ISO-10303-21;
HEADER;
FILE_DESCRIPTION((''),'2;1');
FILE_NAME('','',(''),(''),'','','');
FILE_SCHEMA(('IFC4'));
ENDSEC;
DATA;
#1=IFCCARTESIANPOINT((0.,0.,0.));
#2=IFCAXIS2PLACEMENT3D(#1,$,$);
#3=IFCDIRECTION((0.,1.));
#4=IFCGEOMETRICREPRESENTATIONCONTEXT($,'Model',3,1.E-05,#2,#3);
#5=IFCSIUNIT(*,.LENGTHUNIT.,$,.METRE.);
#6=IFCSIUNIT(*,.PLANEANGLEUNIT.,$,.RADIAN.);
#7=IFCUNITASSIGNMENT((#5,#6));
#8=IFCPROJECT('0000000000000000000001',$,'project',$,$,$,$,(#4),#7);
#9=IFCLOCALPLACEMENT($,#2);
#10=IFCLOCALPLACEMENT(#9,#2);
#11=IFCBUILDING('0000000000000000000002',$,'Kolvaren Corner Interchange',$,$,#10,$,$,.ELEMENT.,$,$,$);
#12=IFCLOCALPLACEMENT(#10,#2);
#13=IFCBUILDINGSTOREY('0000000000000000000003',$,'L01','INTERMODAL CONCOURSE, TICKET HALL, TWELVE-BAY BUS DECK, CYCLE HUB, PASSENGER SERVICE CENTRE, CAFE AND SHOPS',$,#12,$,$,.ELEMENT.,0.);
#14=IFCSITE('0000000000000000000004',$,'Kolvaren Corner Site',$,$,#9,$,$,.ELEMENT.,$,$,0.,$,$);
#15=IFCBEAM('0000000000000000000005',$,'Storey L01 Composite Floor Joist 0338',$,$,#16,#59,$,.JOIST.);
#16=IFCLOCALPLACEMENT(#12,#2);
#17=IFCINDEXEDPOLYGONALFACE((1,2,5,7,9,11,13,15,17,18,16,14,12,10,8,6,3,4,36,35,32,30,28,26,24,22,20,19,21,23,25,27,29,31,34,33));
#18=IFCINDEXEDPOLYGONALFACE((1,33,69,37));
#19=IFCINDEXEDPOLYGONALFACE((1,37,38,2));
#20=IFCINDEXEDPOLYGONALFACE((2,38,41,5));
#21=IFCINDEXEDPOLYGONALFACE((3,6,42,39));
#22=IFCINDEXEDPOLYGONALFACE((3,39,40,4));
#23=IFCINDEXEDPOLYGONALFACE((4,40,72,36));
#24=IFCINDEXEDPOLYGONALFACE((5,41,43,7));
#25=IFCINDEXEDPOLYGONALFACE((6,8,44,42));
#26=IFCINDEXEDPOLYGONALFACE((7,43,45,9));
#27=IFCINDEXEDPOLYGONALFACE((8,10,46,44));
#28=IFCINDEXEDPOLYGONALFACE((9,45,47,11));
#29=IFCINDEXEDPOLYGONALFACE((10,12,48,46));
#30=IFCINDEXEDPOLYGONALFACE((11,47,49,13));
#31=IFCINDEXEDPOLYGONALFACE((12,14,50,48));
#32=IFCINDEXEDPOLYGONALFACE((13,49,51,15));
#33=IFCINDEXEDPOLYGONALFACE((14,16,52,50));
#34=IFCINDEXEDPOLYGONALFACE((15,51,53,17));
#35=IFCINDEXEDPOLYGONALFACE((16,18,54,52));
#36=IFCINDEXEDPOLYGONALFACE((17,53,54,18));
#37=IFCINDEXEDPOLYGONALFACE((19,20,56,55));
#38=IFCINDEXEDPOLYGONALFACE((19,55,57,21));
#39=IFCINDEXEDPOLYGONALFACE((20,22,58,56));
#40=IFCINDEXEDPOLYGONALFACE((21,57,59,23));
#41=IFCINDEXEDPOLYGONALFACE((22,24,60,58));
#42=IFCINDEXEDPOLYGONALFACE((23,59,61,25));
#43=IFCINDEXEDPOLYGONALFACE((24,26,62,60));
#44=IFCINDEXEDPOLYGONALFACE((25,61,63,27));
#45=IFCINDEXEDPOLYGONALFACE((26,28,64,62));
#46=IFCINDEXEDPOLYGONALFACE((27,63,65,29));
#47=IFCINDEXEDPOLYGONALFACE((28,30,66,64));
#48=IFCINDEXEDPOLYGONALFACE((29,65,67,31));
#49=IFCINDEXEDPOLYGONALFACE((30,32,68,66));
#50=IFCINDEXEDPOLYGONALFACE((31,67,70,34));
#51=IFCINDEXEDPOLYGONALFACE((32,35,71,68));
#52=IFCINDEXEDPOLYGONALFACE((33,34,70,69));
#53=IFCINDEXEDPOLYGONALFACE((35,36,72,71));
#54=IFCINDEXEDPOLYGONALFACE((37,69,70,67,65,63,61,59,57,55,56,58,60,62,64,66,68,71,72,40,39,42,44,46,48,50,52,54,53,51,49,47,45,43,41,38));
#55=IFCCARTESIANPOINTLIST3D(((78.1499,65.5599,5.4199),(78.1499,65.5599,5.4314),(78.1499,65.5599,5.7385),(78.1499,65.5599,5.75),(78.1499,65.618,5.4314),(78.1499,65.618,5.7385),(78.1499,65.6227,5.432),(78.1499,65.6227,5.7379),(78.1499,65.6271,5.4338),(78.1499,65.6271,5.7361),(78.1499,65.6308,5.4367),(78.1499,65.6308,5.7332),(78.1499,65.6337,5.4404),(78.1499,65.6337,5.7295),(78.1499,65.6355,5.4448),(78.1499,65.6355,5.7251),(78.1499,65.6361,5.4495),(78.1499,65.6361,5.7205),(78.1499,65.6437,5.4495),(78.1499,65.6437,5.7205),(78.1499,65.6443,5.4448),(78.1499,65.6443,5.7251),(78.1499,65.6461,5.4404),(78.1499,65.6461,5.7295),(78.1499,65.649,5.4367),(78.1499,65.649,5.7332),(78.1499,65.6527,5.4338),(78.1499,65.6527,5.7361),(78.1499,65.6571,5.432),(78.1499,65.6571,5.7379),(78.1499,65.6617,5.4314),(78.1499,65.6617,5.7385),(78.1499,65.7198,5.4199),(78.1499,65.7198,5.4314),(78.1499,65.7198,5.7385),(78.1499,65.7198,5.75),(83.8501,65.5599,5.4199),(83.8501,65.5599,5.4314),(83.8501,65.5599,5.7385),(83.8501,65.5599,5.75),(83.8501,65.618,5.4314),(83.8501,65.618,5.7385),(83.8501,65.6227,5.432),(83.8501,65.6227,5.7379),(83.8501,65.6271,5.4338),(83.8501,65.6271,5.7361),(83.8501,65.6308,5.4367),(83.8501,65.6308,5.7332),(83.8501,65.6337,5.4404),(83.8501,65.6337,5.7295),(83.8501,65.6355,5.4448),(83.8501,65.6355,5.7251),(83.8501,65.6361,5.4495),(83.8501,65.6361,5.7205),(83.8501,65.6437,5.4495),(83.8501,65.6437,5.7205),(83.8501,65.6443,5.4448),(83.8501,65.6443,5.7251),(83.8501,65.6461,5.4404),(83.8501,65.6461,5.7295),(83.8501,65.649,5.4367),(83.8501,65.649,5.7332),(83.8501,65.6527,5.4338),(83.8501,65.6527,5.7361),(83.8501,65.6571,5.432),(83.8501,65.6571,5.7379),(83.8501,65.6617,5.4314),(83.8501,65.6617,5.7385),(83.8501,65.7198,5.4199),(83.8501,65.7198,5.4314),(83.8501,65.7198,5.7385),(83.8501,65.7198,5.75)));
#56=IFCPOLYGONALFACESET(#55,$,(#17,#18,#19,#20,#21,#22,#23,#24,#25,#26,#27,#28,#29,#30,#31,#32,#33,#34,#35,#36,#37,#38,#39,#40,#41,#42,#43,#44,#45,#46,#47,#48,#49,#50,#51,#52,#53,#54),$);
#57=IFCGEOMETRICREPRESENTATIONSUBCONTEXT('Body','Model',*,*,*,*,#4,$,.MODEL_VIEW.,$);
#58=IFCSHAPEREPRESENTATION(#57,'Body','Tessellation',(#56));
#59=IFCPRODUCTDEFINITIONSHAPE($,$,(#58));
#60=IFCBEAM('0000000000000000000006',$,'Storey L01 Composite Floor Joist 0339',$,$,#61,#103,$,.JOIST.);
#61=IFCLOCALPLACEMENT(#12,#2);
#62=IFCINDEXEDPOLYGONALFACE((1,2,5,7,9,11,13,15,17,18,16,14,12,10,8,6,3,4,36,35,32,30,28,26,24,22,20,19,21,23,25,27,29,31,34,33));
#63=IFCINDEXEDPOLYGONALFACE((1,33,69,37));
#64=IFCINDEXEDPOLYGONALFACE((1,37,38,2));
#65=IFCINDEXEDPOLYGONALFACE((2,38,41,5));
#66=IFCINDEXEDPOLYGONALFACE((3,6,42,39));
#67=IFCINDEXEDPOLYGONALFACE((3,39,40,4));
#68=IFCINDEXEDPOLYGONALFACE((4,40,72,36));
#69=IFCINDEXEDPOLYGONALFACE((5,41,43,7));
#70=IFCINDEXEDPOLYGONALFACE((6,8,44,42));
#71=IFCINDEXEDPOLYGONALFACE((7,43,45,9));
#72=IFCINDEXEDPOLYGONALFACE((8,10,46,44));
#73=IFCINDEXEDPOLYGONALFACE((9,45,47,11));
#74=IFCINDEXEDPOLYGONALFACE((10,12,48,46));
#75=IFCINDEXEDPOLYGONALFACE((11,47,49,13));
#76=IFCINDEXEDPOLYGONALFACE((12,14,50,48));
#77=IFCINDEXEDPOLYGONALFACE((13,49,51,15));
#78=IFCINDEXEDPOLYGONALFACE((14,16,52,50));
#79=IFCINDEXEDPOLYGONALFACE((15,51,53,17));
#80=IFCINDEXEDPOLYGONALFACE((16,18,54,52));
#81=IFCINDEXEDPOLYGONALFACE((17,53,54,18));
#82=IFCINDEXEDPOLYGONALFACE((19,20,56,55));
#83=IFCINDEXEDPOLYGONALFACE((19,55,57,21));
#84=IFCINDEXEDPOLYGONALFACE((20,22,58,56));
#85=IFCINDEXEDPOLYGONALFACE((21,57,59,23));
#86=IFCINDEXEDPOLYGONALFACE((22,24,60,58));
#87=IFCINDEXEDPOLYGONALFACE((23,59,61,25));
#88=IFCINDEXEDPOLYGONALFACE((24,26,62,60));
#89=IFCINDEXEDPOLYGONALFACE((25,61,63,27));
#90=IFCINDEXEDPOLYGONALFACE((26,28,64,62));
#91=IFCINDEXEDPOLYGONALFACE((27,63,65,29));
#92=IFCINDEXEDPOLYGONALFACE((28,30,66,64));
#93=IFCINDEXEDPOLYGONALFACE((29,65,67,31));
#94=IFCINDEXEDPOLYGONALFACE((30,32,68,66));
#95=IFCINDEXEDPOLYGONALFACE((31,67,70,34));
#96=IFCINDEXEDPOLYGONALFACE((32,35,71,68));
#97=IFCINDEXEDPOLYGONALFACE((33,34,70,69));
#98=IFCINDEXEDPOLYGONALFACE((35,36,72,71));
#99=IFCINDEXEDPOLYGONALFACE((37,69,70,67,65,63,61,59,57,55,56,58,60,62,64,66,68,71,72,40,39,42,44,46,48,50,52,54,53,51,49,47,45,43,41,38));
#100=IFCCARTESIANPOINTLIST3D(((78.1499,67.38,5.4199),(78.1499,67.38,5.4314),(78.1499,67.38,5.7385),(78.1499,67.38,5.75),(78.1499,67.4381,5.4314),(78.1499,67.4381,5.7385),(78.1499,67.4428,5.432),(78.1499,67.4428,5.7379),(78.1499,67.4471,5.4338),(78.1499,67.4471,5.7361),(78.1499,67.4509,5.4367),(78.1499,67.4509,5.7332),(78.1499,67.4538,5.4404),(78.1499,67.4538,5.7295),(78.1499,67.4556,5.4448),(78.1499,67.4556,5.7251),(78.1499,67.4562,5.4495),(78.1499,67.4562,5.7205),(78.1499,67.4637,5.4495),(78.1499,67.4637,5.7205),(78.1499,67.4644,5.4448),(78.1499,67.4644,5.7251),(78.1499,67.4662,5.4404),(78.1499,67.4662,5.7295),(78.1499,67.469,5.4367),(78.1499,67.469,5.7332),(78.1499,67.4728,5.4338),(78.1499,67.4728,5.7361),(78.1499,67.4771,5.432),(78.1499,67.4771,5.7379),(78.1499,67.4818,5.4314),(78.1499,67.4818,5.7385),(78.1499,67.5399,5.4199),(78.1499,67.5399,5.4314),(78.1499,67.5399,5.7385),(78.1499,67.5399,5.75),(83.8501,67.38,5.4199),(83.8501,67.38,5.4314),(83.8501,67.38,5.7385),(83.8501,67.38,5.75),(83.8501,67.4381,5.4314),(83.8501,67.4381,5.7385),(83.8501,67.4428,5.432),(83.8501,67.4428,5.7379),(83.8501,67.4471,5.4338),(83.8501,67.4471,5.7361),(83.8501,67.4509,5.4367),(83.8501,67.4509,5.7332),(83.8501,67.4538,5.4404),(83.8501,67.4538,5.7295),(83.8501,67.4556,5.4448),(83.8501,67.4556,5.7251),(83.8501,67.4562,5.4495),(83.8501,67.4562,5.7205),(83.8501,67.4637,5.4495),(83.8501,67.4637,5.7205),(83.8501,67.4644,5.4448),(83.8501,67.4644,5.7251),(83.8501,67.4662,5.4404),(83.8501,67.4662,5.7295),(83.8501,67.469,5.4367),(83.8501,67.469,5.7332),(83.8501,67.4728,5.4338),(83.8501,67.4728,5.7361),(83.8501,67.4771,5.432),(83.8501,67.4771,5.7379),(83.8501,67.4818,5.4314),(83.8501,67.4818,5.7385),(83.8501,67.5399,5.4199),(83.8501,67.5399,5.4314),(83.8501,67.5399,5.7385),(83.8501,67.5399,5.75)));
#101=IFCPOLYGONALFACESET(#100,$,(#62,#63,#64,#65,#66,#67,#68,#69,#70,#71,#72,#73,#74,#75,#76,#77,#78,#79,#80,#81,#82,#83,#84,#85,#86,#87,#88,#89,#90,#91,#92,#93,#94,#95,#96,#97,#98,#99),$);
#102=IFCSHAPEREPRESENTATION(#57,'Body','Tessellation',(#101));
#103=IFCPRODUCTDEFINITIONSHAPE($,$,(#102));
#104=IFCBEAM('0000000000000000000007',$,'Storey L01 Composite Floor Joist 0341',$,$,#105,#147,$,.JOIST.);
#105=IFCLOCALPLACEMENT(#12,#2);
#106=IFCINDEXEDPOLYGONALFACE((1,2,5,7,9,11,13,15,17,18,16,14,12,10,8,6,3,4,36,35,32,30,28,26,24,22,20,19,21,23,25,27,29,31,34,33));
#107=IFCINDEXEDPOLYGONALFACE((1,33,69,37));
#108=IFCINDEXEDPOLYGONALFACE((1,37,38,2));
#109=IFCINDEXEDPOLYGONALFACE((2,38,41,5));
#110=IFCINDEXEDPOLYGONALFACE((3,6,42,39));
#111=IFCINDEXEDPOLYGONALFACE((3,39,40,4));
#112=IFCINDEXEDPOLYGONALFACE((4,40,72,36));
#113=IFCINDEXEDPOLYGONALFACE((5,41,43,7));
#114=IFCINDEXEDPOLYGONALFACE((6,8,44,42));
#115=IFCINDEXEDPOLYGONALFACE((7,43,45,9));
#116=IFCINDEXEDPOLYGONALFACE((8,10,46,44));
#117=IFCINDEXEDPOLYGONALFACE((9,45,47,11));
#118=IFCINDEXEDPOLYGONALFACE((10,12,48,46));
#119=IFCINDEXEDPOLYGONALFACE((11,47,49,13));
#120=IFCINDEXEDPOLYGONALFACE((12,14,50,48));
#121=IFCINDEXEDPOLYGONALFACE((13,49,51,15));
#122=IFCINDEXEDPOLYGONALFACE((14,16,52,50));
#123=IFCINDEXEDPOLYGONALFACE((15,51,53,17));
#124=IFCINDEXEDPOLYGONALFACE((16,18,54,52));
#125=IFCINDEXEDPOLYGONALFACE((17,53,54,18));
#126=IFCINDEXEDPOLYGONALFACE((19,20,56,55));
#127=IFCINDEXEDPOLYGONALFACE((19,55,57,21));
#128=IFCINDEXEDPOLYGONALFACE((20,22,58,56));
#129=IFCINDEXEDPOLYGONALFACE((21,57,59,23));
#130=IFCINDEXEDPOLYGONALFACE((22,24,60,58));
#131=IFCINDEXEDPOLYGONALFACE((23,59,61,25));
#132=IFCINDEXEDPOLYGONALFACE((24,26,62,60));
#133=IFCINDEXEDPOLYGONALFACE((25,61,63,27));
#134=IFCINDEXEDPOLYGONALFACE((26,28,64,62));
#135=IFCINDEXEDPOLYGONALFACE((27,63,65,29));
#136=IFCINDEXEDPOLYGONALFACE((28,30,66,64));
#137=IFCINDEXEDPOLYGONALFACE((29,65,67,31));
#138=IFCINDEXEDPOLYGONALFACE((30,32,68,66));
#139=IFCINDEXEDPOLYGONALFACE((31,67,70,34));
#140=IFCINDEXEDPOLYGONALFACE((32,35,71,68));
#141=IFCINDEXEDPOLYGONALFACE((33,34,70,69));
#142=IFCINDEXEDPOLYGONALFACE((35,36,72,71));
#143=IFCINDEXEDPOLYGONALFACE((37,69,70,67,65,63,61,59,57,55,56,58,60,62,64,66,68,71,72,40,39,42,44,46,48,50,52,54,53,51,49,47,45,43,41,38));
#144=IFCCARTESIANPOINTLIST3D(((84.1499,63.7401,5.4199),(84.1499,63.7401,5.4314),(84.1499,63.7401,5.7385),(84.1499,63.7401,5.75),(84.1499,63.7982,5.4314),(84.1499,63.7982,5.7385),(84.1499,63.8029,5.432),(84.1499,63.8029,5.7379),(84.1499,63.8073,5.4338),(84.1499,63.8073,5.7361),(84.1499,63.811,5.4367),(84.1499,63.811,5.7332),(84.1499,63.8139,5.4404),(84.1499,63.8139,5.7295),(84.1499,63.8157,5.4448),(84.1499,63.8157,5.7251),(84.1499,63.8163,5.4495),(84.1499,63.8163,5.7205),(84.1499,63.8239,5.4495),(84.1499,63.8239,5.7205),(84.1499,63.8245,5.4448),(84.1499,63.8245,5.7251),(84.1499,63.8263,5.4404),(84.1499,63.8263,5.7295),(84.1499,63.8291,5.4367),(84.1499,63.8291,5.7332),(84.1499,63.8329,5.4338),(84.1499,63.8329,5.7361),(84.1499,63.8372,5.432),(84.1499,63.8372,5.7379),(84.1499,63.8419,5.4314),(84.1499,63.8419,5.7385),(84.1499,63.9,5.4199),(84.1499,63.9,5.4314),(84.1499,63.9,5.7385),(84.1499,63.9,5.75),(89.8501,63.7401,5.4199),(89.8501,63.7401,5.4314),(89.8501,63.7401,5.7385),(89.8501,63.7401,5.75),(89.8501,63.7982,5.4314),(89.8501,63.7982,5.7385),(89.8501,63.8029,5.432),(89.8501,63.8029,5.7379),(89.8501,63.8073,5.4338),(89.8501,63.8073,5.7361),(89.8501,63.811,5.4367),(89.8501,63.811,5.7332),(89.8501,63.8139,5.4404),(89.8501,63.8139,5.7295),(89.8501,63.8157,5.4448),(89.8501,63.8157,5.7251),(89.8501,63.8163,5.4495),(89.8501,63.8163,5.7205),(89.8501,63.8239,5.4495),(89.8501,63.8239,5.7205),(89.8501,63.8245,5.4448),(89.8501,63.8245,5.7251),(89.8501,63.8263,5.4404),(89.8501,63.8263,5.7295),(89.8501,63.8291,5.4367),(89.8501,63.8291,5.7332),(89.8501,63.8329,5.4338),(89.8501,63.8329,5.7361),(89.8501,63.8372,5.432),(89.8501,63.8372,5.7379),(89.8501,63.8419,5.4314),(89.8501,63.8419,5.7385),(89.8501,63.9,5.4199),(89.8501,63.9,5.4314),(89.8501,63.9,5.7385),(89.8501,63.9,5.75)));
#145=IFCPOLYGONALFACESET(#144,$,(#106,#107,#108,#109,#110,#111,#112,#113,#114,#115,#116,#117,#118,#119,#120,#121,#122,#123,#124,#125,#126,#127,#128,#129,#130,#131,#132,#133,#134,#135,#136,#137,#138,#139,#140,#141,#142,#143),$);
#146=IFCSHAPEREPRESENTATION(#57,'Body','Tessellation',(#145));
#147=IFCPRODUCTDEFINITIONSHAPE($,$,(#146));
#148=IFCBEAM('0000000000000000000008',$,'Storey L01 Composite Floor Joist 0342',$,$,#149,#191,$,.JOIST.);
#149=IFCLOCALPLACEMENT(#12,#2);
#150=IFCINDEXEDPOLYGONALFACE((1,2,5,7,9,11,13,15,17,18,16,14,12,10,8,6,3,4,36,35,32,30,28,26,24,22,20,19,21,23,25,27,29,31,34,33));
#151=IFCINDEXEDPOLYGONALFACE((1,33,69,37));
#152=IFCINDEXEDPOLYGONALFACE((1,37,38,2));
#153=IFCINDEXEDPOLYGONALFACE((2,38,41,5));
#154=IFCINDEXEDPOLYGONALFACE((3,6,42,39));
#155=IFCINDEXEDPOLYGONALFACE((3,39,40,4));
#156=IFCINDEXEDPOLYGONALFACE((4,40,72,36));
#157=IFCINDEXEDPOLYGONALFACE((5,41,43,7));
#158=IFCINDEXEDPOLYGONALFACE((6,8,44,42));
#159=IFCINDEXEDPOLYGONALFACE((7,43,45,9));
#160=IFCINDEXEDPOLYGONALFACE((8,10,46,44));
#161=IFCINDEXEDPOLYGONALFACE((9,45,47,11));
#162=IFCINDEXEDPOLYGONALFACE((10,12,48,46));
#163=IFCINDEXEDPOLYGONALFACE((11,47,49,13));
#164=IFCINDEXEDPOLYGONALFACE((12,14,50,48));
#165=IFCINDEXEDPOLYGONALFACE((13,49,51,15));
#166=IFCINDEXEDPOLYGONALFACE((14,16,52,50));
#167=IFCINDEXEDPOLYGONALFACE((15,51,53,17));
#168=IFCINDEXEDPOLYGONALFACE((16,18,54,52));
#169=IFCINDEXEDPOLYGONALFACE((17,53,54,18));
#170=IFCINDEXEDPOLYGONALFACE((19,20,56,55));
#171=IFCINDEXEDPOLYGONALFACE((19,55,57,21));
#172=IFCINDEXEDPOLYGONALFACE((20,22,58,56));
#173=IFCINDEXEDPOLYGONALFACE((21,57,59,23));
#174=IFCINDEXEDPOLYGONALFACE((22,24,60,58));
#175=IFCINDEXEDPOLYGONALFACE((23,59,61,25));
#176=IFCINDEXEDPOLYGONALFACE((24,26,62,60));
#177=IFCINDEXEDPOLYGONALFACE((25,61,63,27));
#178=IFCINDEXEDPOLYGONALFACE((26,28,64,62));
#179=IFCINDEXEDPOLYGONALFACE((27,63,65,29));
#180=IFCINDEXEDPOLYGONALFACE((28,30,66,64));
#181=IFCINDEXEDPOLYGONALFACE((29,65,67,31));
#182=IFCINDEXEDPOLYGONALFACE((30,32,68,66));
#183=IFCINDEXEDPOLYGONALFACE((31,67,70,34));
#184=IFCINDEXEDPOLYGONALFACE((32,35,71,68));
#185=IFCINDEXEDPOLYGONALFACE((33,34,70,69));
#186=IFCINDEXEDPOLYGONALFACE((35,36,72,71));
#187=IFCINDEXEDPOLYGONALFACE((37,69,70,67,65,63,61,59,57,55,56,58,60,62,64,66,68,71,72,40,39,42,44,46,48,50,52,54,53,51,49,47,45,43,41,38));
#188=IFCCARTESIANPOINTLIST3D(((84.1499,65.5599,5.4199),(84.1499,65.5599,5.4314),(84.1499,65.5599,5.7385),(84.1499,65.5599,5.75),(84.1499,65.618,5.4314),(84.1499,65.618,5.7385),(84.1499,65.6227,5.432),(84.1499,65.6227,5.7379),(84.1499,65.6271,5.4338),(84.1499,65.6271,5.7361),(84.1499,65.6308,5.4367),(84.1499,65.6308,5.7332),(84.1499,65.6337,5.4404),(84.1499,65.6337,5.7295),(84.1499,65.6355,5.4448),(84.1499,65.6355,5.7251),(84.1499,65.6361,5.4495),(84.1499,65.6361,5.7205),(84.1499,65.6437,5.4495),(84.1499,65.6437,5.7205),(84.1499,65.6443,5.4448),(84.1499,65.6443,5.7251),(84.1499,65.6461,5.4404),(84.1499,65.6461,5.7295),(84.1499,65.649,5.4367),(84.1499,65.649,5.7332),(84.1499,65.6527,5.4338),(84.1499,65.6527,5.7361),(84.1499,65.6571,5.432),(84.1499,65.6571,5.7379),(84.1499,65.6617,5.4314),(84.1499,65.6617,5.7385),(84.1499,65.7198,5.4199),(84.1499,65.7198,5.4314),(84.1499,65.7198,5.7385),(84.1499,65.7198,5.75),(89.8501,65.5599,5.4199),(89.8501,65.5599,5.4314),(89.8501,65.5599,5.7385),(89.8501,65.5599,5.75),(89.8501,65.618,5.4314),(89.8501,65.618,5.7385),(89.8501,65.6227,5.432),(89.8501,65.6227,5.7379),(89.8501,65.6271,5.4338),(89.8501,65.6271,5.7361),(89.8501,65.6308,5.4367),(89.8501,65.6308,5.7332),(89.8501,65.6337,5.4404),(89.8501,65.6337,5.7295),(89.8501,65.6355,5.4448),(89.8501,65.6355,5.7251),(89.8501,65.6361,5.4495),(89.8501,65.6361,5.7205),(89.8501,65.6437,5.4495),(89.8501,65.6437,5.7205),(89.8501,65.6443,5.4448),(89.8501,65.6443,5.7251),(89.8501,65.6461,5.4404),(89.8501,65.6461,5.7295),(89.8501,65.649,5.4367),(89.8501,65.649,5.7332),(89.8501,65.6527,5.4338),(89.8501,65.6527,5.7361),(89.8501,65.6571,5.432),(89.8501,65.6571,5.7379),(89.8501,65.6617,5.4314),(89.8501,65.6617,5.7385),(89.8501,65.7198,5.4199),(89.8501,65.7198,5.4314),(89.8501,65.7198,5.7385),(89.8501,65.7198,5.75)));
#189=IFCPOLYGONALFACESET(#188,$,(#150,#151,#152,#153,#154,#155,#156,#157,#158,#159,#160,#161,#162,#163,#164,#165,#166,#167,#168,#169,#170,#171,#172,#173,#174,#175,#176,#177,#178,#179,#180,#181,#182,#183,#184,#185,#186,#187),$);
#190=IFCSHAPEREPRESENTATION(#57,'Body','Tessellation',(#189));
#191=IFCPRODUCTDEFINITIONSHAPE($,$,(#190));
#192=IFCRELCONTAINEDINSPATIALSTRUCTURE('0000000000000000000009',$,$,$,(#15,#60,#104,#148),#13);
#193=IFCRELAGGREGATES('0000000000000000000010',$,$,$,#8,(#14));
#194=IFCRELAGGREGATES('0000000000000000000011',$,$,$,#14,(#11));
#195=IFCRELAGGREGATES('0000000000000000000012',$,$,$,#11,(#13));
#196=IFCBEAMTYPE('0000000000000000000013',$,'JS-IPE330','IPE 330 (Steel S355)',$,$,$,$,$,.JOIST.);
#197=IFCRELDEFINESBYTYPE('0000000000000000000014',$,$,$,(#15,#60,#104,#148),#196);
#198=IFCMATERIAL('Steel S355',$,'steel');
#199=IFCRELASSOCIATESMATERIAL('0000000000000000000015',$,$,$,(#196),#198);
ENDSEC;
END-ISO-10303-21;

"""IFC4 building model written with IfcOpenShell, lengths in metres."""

from ifc_helpers import new_model, si_unit, direction, frame, origin, origin_2d, place, context, subcontext, project, spatial, i_section, extrude, material, material_profile, profile_set, type_object, element, save


model = new_model("IFC4")

# Units and contexts
model_context = context("Model", 3, precision=1e-05, world=origin(), true_north=direction((0.0, 1.0)))
body_context = subcontext(model_context, "Body", "Model", "MODEL_VIEW")
ifc_project = project(units=[si_unit("LENGTHUNIT", "METRE"), si_unit("PLANEANGLEUNIT", "RADIAN")], contexts=[model_context])

# Site, building, storey
site_placement = place(None, origin())
site = spatial("IfcSite", under=ifc_project, at=site_placement, Name="Kolvaren Corner Site", CompositionType="ELEMENT", RefElevation=0.0)
building_placement = place(site_placement, origin())
building = spatial("IfcBuilding", under=site, at=building_placement, Name="Kolvaren Corner Interchange", CompositionType="ELEMENT")
storey_placement = place(building_placement, origin())
storey = spatial("IfcBuildingStorey", under=building, at=storey_placement, Name="L01", Description="INTERMODAL CONCOURSE, TICKET HALL, TWELVE-BAY BUS DECK, CYCLE HUB, PASSENGER SERVICE CENTRE, CAFE AND SHOPS", CompositionType="ELEMENT", Elevation=0.0)

# Beams
ifc_material_1 = material(Name="Steel S355", Category="steel")
ifc_material_profile_1 = material_profile(ifc_material_1, i_section(OverallWidth=0.1599, OverallDepth=0.3301, WebThickness=0.0076, FlangeThickness=0.0115, FilletRadius=0.0181, at=origin_2d()), Name="IPE 330")
ifc_profile_set_1 = profile_set([ifc_material_profile_1], Name="Steel S355")
beam_type_1 = type_object("IfcBeamType", Name="JS-IPE330", Description="IPE 330 (Steel S355)", PredefinedType="JOIST", material=ifc_profile_set_1)
for number, where, z_axis, x_axis, name in (
    (1, (78.1499, 65.6399, 5.585), (1.0, 0.0, 0.0), (0.0, 1.0, 0.0), "Storey L01 Composite Floor Joist 0338"),
    (2, (78.1499, 67.46, 5.585), (1.0, 0.0, 0.0), (0.0, 1.0, 0.0), "Storey L01 Composite Floor Joist 0339"),
    (3, (84.1499, 63.8201, 5.585), (1.0, 0.0, 0.0), (0.0, 1.0, 0.0), "Storey L01 Composite Floor Joist 0341"),
    (4, (84.1499, 65.6399, 5.585), (1.0, 0.0, 0.0), (0.0, 1.0, 0.0), "Storey L01 Composite Floor Joist 0342"),
):
    element("IfcBeam", number, at=place(storey_placement, frame(where, z_axis=z_axis, x_axis=x_axis)), inside=storey, type_object=beam_type_1, Name=name, PredefinedType="JOIST", context=body_context, shape_type="SweptSolid", body=[
        extrude(i_section(OverallWidth=0.1599, OverallDepth=0.3301, WebThickness=0.0076, FlangeThickness=0.0115, FilletRadius=0.0181, at=origin_2d()), origin(), (0.0, 0.0, 1.0), 5.7002),
    ])

save(model, "model.ifc")
